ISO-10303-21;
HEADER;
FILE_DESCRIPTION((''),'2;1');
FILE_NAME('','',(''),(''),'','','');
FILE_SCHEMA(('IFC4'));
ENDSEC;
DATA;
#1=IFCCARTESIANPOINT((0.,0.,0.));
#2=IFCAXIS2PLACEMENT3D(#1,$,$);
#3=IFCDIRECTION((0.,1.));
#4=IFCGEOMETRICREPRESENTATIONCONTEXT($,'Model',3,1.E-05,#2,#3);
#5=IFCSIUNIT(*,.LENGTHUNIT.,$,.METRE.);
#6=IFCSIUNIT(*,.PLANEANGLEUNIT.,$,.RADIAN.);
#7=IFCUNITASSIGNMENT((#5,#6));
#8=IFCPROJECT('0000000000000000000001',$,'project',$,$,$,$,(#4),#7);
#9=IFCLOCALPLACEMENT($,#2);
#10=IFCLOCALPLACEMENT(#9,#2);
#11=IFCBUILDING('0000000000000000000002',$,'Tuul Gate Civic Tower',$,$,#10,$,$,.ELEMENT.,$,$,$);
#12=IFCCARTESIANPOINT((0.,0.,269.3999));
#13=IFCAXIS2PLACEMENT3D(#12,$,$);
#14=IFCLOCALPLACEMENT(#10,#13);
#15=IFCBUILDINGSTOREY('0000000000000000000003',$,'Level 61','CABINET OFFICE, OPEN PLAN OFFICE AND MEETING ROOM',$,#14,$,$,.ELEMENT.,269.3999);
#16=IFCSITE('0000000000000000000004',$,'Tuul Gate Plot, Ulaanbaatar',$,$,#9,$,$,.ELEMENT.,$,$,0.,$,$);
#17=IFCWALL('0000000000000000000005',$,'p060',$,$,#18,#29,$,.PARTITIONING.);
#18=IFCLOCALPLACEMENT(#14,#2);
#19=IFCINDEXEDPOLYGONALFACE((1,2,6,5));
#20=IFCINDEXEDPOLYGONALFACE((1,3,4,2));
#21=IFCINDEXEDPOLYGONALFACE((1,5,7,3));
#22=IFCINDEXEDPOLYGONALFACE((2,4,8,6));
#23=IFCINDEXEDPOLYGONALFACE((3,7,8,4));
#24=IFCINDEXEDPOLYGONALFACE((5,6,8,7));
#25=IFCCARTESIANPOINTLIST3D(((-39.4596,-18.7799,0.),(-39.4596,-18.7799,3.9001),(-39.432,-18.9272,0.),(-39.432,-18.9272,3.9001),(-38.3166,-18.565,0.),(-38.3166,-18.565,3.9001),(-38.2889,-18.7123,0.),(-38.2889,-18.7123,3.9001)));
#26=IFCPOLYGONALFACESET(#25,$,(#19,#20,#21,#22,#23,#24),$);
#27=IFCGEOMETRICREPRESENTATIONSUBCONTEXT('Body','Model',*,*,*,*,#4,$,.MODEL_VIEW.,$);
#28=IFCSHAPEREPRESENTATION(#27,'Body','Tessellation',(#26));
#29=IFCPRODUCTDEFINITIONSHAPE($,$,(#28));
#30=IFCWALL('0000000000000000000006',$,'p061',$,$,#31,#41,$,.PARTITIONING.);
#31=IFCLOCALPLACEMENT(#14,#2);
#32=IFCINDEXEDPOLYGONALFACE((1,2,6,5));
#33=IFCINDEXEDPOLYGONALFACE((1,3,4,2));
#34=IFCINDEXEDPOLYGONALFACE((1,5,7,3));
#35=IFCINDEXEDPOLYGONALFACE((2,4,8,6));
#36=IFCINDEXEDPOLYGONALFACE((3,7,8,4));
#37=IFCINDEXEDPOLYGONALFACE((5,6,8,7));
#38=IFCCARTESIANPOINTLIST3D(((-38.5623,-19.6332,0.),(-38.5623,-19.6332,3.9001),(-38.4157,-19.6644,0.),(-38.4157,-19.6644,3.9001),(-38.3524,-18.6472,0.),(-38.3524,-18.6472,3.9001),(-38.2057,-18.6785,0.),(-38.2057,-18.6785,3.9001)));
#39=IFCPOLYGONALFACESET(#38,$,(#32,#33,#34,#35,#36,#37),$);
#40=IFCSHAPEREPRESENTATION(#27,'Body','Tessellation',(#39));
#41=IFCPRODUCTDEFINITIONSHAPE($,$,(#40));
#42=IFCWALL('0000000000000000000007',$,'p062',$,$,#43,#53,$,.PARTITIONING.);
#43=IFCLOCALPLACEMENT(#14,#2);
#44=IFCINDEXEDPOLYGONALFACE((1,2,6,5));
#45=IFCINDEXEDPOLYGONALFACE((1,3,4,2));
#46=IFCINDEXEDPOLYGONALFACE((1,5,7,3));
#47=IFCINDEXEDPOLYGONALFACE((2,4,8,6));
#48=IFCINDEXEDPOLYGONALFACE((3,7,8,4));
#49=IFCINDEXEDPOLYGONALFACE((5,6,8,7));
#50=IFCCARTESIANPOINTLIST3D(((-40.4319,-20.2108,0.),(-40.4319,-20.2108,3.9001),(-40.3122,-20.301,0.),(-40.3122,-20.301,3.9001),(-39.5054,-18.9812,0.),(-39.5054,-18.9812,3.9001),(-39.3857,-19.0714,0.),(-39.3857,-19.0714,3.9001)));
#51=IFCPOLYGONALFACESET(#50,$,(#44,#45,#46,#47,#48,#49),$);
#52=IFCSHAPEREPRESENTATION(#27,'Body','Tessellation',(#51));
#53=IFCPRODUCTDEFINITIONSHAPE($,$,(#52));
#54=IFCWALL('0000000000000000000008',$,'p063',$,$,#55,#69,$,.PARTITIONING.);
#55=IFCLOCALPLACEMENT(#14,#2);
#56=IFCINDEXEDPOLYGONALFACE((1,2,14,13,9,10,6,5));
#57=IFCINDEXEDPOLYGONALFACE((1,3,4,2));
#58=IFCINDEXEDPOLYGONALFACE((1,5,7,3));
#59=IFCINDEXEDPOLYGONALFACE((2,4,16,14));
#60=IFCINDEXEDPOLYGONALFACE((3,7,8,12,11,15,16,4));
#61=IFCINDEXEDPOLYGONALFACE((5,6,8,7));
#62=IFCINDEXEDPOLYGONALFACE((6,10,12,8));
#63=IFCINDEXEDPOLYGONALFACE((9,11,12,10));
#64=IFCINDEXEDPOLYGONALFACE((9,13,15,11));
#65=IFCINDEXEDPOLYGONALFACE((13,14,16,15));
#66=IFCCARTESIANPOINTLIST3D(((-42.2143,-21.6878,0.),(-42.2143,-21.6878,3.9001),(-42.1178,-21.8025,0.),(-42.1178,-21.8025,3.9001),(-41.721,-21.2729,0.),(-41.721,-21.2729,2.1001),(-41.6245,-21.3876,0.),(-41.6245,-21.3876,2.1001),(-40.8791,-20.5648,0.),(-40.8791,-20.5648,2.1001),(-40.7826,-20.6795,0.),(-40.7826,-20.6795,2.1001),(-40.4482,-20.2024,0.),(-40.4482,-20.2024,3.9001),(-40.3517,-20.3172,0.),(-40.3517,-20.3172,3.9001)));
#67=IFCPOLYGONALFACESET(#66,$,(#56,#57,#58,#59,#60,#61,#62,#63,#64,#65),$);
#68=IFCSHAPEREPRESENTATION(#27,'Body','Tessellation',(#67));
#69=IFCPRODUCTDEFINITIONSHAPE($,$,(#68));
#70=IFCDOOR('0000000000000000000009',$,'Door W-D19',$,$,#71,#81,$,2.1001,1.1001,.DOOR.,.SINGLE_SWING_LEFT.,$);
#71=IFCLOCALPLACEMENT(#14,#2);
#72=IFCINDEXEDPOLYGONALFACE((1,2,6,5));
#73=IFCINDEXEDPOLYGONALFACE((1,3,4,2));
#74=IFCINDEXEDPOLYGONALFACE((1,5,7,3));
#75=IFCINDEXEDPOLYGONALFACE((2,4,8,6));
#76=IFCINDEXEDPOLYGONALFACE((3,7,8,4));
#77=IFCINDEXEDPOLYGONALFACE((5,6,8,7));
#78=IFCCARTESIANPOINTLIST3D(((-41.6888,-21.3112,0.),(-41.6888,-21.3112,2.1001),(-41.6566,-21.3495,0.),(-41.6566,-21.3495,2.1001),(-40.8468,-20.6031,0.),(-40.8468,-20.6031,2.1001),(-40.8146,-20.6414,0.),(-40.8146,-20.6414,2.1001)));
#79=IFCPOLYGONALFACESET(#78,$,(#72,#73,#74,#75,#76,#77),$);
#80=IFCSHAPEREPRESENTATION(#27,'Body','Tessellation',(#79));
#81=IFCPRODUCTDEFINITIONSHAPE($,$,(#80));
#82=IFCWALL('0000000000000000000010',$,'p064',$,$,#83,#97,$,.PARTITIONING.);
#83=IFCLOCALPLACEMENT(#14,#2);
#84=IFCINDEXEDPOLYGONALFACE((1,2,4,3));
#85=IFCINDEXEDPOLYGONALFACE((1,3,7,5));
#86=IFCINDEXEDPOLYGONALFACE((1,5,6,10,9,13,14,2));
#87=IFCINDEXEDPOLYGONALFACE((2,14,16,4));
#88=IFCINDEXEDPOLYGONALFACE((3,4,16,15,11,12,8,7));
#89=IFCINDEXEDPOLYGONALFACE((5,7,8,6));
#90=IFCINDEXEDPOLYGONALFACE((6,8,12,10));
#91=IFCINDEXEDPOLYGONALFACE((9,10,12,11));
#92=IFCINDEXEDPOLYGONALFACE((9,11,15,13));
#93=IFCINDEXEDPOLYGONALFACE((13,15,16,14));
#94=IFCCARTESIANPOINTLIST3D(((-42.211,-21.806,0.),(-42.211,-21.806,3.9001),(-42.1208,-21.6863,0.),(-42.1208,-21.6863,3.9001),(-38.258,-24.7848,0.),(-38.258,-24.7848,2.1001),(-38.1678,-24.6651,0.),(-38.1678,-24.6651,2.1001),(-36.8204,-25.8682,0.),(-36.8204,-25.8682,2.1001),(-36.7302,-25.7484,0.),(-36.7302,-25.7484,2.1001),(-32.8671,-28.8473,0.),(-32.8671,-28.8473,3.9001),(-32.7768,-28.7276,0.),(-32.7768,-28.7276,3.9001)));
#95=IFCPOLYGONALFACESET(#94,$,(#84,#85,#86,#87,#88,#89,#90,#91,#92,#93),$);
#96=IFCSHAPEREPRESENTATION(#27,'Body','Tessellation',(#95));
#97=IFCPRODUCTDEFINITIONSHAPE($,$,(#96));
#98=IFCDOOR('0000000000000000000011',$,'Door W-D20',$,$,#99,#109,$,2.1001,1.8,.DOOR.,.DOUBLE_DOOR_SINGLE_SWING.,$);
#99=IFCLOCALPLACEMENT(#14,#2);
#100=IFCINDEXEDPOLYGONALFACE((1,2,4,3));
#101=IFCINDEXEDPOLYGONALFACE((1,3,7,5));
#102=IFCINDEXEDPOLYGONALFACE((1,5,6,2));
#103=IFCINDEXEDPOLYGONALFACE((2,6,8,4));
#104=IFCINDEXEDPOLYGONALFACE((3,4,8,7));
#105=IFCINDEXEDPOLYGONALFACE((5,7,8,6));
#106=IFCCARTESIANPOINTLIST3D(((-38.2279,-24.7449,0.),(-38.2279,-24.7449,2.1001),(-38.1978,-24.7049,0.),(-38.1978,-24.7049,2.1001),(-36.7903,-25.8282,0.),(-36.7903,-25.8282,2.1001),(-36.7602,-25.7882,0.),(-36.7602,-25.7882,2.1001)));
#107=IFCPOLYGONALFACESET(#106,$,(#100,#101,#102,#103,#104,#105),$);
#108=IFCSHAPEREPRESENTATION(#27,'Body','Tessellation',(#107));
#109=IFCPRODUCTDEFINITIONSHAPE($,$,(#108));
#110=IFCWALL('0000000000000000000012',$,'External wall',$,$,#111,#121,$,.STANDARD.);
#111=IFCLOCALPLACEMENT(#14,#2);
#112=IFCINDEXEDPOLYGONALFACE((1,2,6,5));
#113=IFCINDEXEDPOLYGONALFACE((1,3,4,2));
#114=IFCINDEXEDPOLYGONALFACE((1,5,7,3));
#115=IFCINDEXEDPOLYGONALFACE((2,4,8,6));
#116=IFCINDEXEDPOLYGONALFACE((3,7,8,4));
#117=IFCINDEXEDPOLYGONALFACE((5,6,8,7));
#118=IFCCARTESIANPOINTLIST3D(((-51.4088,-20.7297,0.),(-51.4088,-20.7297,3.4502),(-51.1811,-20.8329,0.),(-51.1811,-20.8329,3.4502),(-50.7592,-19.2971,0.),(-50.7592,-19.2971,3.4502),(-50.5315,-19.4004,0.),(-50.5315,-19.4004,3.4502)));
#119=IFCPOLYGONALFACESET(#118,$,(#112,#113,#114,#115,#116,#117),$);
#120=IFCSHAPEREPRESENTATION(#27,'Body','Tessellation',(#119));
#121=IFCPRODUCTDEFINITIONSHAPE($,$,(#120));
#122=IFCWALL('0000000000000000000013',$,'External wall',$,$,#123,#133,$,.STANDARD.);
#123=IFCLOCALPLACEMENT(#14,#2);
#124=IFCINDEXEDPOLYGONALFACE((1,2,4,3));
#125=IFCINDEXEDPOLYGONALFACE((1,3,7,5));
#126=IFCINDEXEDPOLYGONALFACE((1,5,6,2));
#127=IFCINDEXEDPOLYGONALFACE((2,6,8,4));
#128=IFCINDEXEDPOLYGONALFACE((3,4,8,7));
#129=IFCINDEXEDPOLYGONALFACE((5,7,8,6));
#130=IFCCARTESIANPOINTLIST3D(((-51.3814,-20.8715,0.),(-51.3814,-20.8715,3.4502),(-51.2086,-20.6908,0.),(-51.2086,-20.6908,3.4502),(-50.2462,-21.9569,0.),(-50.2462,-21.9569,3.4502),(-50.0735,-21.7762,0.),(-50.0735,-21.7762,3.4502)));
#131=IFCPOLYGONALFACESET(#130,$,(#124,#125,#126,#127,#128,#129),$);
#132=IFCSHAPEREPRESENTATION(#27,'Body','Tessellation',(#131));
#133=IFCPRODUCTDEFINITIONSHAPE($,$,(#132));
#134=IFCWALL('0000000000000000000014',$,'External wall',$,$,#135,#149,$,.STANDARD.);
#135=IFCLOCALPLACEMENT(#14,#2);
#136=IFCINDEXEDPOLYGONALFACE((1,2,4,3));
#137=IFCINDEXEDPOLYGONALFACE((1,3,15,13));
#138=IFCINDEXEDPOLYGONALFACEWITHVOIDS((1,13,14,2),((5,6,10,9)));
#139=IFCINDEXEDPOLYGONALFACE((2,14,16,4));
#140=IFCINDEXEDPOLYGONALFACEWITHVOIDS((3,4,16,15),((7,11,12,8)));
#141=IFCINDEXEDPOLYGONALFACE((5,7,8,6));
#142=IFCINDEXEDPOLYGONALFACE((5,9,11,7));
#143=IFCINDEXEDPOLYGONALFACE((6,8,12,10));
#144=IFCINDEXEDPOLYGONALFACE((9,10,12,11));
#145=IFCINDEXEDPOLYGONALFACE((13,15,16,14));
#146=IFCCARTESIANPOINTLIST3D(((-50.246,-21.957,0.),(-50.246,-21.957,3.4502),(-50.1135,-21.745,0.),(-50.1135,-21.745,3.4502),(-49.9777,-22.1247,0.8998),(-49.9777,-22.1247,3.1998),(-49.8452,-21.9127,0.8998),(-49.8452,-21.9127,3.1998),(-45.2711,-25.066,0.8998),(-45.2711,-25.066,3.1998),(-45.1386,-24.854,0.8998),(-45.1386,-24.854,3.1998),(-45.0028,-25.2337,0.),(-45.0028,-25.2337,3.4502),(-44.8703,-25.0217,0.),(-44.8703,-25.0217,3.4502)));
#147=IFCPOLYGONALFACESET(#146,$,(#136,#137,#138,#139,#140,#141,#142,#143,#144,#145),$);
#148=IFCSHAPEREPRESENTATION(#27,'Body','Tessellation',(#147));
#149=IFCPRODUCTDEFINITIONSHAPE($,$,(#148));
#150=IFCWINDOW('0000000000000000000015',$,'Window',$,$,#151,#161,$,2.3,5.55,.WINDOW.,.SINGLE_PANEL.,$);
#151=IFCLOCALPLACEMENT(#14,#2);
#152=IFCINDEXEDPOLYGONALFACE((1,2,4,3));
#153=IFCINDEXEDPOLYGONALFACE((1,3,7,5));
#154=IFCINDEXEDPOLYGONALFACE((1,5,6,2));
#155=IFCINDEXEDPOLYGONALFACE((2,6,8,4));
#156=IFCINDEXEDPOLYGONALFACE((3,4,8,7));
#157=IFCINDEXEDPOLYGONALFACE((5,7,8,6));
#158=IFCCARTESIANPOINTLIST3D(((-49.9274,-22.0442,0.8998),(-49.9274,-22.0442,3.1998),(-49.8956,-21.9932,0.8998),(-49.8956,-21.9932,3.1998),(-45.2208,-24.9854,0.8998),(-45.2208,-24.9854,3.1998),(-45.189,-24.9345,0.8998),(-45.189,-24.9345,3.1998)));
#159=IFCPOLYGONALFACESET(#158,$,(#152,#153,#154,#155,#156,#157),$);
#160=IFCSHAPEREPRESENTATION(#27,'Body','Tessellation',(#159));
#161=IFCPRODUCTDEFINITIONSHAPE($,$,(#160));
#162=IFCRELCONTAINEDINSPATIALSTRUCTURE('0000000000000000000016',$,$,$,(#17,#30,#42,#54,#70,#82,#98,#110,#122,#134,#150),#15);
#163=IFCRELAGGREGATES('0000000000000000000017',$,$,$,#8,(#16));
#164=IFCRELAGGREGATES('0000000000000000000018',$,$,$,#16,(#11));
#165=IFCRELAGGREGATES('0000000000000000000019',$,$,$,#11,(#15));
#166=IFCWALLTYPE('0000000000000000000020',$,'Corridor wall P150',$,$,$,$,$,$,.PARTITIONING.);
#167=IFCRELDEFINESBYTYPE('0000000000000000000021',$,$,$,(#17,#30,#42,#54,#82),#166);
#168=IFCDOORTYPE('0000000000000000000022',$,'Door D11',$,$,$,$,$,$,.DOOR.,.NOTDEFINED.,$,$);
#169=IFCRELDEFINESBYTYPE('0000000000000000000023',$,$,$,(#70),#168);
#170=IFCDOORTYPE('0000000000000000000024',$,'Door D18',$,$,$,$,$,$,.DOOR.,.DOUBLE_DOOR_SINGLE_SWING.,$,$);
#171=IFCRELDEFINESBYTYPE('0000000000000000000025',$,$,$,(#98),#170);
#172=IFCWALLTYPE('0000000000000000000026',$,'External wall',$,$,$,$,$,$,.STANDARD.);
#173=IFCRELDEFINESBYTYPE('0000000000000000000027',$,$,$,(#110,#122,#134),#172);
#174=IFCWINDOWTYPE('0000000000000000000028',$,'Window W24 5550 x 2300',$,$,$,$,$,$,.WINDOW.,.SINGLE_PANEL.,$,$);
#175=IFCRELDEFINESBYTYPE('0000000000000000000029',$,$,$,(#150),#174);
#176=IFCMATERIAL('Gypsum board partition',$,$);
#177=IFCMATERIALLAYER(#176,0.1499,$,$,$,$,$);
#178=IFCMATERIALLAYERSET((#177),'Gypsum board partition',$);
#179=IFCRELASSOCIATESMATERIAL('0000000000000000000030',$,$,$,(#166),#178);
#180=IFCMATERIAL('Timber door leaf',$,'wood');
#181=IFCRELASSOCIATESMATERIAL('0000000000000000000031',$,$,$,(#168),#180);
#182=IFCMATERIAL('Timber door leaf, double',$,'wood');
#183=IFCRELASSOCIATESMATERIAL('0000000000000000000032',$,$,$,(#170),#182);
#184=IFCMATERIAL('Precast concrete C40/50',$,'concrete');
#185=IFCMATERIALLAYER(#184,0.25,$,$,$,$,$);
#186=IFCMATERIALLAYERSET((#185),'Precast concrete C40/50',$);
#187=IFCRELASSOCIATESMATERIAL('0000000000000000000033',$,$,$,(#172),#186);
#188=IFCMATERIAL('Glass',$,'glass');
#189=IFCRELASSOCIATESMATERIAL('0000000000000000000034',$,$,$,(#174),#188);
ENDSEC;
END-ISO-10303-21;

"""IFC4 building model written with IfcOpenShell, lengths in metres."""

from ifc_helpers import new_model, si_unit, direction, frame, frame_2d, origin, place, context, subcontext, project, spatial, rectangle, extrude, material, layer, layer_set, type_object, element, fill, save


model = new_model("IFC4")

# Units and contexts
model_context = context("Model", 3, precision=1e-05, world=origin(), true_north=direction((0.0, 1.0)))
body_context = subcontext(model_context, "Body", "Model", "MODEL_VIEW")
ifc_project = project(units=[si_unit("LENGTHUNIT", "METRE"), si_unit("PLANEANGLEUNIT", "RADIAN")], contexts=[model_context])

# Site, building, storey
site_placement = place(None, origin())
site = spatial("IfcSite", under=ifc_project, at=site_placement, Name="Tuul Gate Plot, Ulaanbaatar", CompositionType="ELEMENT", RefElevation=0.0)
building_placement = place(site_placement, origin())
building = spatial("IfcBuilding", under=site, at=building_placement, Name="Tuul Gate Civic Tower", CompositionType="ELEMENT")
storey_placement = place(building_placement, frame((0.0, 0.0, 269.3999)))
storey = spatial("IfcBuildingStorey", under=building, at=storey_placement, Name="Level 61", Description="CABINET OFFICE, OPEN PLAN OFFICE AND MEETING ROOM", CompositionType="ELEMENT", Elevation=269.3999)

# Shared definitions
ifc_material_1 = material(Name="Gypsum board partition")
ifc_layer_1 = layer(ifc_material_1, 0.1499)
ifc_layer_set_1 = layer_set([ifc_layer_1], Name="Gypsum board partition")
wall_type_1 = type_object("IfcWallType", Name="Corridor wall P150", PredefinedType="PARTITIONING", material=ifc_layer_set_1)

# Walls
wall_1_placement = place(storey_placement, frame((-39.4458, -18.8535, 0.0), z_axis=(0.0, 0.0, 1.0), x_axis=(0.982791, 0.184719, 0.0)))
element("IfcWall", 1, at=wall_1_placement, inside=storey, type_object=wall_type_1, Name="p060", PredefinedType="PARTITIONING", context=body_context, shape_type="SweptSolid", body=[
    extrude(rectangle(XDim=1.1631, YDim=0.1499, at=frame_2d((0.5815, 0.0))), origin(), (0.0, 0.0, 1.0), 3.9001),
])
wall_2_placement = place(storey_placement, frame((-38.489, -19.6487, 0.0), z_axis=(0.0, 0.0, 1.0), x_axis=(0.208305, 0.978064, 0.0)))
element("IfcWall", 2, at=wall_2_placement, inside=storey, type_object=wall_type_1, Name="p061", PredefinedType="PARTITIONING", context=body_context, shape_type="SweptSolid", body=[
    extrude(rectangle(XDim=1.0081, YDim=0.1499, at=frame_2d((0.5039, 0.0))), origin(), (0.0, 0.0, 1.0), 3.9001),
])
wall_3_placement = place(storey_placement, frame((-40.3721, -20.2559, 0.0), z_axis=(0.0, 0.0, 1.0), x_axis=(0.601825, 0.798628, 0.0)))
element("IfcWall", 3, at=wall_3_placement, inside=storey, type_object=wall_type_1, Name="p062", PredefinedType="PARTITIONING", context=body_context, shape_type="SweptSolid", body=[
    extrude(rectangle(XDim=1.5396, YDim=0.1499, at=frame_2d((0.7698, 0.0))), origin(), (0.0, 0.0, 1.0), 3.9001),
])

# Walls, openings, doors
wall_4_placement = place(storey_placement, frame((-42.166, -21.7451, 0.0), z_axis=(0.0, 0.0, 1.0), x_axis=(0.765317, 0.643653, 0.0)))
wall_4 = element("IfcWall", 4, at=wall_4_placement, inside=storey, type_object=wall_type_1, Name="p063", PredefinedType="PARTITIONING", context=body_context, shape_type="SweptSolid", body=[
    extrude(rectangle(XDim=2.3076, YDim=0.1499, at=frame_2d((1.1538, 0.0))), origin(), (0.0, 0.0, 1.0), 3.9001),
])
opening_1_placement = place(wall_4_placement, frame((0.6445, 0.0, 0.0)))
opening_1 = element("IfcOpeningElement", 5, at=opening_1_placement, cuts=wall_4, PredefinedType="OPENING", context=body_context, shape_type="SweptSolid", body=[
    extrude(rectangle(XDim=1.1001, YDim=2.1001, at=frame_2d((0.55, 1.05))), frame((0.0, 0.085, 0.0), z_axis=(0.0, -1.0, 0.0), x_axis=(1.0, 0.0, 0.0)), (0.0, 0.0, 1.0), 0.1699),
])
ifc_material_2 = material(Name="Timber door leaf", Category="wood")
door_type_1 = type_object("IfcDoorType", Name="Door D11", OperationType="NOTDEFINED", PredefinedType="DOOR", material=ifc_material_2)
door_1_placement = place(opening_1_placement, origin())
door_1 = element("IfcDoor", 6, at=door_1_placement, inside=storey, type_object=door_type_1, Name="Door W-D19", OperationType="SINGLE_SWING_LEFT", OverallHeight=2.1001, OverallWidth=1.1001, PredefinedType="DOOR", context=body_context, shape_type="SweptSolid", body=[
    extrude(rectangle(XDim=1.1001, YDim=2.1001, at=frame_2d((0.55, 1.05))), frame((0.0, 0.0249, 0.0), z_axis=(0.0, -1.0, 0.0), x_axis=(1.0, 0.0, 0.0)), (0.0, 0.0, 1.0), 0.05),
])
fill(opening_1, door_1)
wall_5_placement = place(storey_placement, frame((-42.166, -21.7461, 0.0), z_axis=(0.0, 0.0, 1.0), x_axis=(0.798633, -0.601818, 0.0)))
wall_5 = element("IfcWall", 7, at=wall_5_placement, inside=storey, type_object=wall_type_1, Name="p064", PredefinedType="PARTITIONING", context=body_context, shape_type="SweptSolid", body=[
    extrude(rectangle(XDim=11.7, YDim=0.1499, at=frame_2d((5.8501, 0.0))), origin(), (0.0, 0.0, 1.0), 3.9001),
])
opening_2_placement = place(wall_5_placement, frame((4.95, 0.0, 0.0)))
opening_2 = element("IfcOpeningElement", 8, at=opening_2_placement, cuts=wall_5, PredefinedType="OPENING", context=body_context, shape_type="SweptSolid", body=[
    extrude(rectangle(XDim=1.8, YDim=2.1001, at=frame_2d((0.8999, 1.05))), frame((0.0, 0.085, 0.0), z_axis=(0.0, -1.0, 0.0), x_axis=(1.0, 0.0, 0.0)), (0.0, 0.0, 1.0), 0.1699),
])
ifc_material_3 = material(Name="Timber door leaf, double", Category="wood")
door_type_2 = type_object("IfcDoorType", Name="Door D18", OperationType="DOUBLE_DOOR_SINGLE_SWING", PredefinedType="DOOR", material=ifc_material_3)
door_2_placement = place(opening_2_placement, frame((1.8, 0.0, 0.0), z_axis=(0.0, 0.0, 1.0), x_axis=(-1.0, 0.0, 0.0)))
door_2 = element("IfcDoor", 9, at=door_2_placement, inside=storey, type_object=door_type_2, Name="Door W-D20", OperationType="DOUBLE_DOOR_SINGLE_SWING", OverallHeight=2.1001, OverallWidth=1.8, PredefinedType="DOOR", context=body_context, shape_type="SweptSolid", body=[
    extrude(rectangle(XDim=1.8, YDim=2.1001, at=frame_2d((0.9001, 1.05))), frame((0.0, 0.0249, 0.0), z_axis=(0.0, -1.0, 0.0), x_axis=(1.0, 0.0, 0.0)), (0.0, 0.0, 1.0), 0.05),
])
fill(opening_2, door_2)

# Walls
ifc_material_4 = material(Name="Precast concrete C40/50", Category="concrete")
ifc_layer_2 = layer(ifc_material_4, 0.25)
ifc_layer_set_2 = layer_set([ifc_layer_2], Name="Precast concrete C40/50")
wall_type_2 = type_object("IfcWallType", Name="External wall", PredefinedType="STANDARD", material=ifc_layer_set_2)
wall_6_placement = place(storey_placement, frame((-50.6453, -19.3486, 0.0), z_axis=(0.0, 0.0, 1.0), x_axis=(-0.412996, -0.910733, 0.0)))
element("IfcWall", 10, at=wall_6_placement, inside=storey, type_object=wall_type_2, Name="External wall", PredefinedType="STANDARD", context=body_context, shape_type="SweptSolid", body=[
    extrude(rectangle(XDim=1.573, YDim=0.25, at=frame_2d((0.7866, 0.0))), origin(), (0.0, 0.0, 1.0), 3.4502),
])
wall_7_placement = place(storey_placement, frame((-51.2949, -20.7812, 0.0), z_axis=(0.0, 0.0, 1.0), x_axis=(0.722784, -0.691074, 0.0)))
element("IfcWall", 11, at=wall_7_placement, inside=storey, type_object=wall_type_2, Name="External wall", PredefinedType="STANDARD", context=body_context, shape_type="SweptSolid", body=[
    extrude(rectangle(XDim=1.5706, YDim=0.25, at=frame_2d((0.7852, 0.0))), origin(), (0.0, 0.0, 1.0), 3.4502),
])

# Wall, opening, window
wall_8_placement = place(storey_placement, frame((-50.1797, -21.8511, 0.0), z_axis=(0.0, 0.0, 1.0), x_axis=(0.848025, -0.529956, 0.0)))
wall_8 = element("IfcWall", 12, at=wall_8_placement, inside=storey, type_object=wall_type_2, Name="External wall", PredefinedType="STANDARD", context=body_context, shape_type="SweptSolid", body=[
    extrude(rectangle(XDim=6.1829, YDim=0.25, at=frame_2d((3.0913, 0.0))), origin(), (0.0, 0.0, 1.0), 3.4502),
])
opening_3_placement = place(wall_8_placement, frame((0.3164, 0.0, 0.8999)))
opening_3 = element("IfcOpeningElement", 13, at=opening_3_placement, cuts=wall_8, PredefinedType="OPENING", context=body_context, shape_type="SweptSolid", body=[
    extrude(rectangle(XDim=5.55, YDim=2.3, at=frame_2d((2.7749, 1.1499))), frame((0.0, 0.135, 0.0), z_axis=(0.0, -1.0, 0.0), x_axis=(1.0, 0.0, 0.0)), (0.0, 0.0, 1.0), 0.27),
])
ifc_material_5 = material(Name="Glass", Category="glass")
window_type = type_object("IfcWindowType", Name="Window W24 5550 x 2300", PartitioningType="SINGLE_PANEL", PredefinedType="WINDOW", material=ifc_material_5)
window_1_placement = place(opening_3_placement, origin())
window_1 = element("IfcWindow", 14, at=window_1_placement, inside=storey, type_object=window_type, Name="Window", OverallHeight=2.3, OverallWidth=5.55, PartitioningType="SINGLE_PANEL", PredefinedType="WINDOW", context=body_context, shape_type="SweptSolid", body=[
    extrude(rectangle(XDim=5.55, YDim=2.3, at=frame_2d((2.7749, 1.1499))), frame((0.0, 0.03, 0.0), z_axis=(0.0, -1.0, 0.0), x_axis=(1.0, 0.0, 0.0)), (0.0, 0.0, 1.0), 0.0601),
])
fill(opening_3, window_1)

save(model, "model.ifc")
